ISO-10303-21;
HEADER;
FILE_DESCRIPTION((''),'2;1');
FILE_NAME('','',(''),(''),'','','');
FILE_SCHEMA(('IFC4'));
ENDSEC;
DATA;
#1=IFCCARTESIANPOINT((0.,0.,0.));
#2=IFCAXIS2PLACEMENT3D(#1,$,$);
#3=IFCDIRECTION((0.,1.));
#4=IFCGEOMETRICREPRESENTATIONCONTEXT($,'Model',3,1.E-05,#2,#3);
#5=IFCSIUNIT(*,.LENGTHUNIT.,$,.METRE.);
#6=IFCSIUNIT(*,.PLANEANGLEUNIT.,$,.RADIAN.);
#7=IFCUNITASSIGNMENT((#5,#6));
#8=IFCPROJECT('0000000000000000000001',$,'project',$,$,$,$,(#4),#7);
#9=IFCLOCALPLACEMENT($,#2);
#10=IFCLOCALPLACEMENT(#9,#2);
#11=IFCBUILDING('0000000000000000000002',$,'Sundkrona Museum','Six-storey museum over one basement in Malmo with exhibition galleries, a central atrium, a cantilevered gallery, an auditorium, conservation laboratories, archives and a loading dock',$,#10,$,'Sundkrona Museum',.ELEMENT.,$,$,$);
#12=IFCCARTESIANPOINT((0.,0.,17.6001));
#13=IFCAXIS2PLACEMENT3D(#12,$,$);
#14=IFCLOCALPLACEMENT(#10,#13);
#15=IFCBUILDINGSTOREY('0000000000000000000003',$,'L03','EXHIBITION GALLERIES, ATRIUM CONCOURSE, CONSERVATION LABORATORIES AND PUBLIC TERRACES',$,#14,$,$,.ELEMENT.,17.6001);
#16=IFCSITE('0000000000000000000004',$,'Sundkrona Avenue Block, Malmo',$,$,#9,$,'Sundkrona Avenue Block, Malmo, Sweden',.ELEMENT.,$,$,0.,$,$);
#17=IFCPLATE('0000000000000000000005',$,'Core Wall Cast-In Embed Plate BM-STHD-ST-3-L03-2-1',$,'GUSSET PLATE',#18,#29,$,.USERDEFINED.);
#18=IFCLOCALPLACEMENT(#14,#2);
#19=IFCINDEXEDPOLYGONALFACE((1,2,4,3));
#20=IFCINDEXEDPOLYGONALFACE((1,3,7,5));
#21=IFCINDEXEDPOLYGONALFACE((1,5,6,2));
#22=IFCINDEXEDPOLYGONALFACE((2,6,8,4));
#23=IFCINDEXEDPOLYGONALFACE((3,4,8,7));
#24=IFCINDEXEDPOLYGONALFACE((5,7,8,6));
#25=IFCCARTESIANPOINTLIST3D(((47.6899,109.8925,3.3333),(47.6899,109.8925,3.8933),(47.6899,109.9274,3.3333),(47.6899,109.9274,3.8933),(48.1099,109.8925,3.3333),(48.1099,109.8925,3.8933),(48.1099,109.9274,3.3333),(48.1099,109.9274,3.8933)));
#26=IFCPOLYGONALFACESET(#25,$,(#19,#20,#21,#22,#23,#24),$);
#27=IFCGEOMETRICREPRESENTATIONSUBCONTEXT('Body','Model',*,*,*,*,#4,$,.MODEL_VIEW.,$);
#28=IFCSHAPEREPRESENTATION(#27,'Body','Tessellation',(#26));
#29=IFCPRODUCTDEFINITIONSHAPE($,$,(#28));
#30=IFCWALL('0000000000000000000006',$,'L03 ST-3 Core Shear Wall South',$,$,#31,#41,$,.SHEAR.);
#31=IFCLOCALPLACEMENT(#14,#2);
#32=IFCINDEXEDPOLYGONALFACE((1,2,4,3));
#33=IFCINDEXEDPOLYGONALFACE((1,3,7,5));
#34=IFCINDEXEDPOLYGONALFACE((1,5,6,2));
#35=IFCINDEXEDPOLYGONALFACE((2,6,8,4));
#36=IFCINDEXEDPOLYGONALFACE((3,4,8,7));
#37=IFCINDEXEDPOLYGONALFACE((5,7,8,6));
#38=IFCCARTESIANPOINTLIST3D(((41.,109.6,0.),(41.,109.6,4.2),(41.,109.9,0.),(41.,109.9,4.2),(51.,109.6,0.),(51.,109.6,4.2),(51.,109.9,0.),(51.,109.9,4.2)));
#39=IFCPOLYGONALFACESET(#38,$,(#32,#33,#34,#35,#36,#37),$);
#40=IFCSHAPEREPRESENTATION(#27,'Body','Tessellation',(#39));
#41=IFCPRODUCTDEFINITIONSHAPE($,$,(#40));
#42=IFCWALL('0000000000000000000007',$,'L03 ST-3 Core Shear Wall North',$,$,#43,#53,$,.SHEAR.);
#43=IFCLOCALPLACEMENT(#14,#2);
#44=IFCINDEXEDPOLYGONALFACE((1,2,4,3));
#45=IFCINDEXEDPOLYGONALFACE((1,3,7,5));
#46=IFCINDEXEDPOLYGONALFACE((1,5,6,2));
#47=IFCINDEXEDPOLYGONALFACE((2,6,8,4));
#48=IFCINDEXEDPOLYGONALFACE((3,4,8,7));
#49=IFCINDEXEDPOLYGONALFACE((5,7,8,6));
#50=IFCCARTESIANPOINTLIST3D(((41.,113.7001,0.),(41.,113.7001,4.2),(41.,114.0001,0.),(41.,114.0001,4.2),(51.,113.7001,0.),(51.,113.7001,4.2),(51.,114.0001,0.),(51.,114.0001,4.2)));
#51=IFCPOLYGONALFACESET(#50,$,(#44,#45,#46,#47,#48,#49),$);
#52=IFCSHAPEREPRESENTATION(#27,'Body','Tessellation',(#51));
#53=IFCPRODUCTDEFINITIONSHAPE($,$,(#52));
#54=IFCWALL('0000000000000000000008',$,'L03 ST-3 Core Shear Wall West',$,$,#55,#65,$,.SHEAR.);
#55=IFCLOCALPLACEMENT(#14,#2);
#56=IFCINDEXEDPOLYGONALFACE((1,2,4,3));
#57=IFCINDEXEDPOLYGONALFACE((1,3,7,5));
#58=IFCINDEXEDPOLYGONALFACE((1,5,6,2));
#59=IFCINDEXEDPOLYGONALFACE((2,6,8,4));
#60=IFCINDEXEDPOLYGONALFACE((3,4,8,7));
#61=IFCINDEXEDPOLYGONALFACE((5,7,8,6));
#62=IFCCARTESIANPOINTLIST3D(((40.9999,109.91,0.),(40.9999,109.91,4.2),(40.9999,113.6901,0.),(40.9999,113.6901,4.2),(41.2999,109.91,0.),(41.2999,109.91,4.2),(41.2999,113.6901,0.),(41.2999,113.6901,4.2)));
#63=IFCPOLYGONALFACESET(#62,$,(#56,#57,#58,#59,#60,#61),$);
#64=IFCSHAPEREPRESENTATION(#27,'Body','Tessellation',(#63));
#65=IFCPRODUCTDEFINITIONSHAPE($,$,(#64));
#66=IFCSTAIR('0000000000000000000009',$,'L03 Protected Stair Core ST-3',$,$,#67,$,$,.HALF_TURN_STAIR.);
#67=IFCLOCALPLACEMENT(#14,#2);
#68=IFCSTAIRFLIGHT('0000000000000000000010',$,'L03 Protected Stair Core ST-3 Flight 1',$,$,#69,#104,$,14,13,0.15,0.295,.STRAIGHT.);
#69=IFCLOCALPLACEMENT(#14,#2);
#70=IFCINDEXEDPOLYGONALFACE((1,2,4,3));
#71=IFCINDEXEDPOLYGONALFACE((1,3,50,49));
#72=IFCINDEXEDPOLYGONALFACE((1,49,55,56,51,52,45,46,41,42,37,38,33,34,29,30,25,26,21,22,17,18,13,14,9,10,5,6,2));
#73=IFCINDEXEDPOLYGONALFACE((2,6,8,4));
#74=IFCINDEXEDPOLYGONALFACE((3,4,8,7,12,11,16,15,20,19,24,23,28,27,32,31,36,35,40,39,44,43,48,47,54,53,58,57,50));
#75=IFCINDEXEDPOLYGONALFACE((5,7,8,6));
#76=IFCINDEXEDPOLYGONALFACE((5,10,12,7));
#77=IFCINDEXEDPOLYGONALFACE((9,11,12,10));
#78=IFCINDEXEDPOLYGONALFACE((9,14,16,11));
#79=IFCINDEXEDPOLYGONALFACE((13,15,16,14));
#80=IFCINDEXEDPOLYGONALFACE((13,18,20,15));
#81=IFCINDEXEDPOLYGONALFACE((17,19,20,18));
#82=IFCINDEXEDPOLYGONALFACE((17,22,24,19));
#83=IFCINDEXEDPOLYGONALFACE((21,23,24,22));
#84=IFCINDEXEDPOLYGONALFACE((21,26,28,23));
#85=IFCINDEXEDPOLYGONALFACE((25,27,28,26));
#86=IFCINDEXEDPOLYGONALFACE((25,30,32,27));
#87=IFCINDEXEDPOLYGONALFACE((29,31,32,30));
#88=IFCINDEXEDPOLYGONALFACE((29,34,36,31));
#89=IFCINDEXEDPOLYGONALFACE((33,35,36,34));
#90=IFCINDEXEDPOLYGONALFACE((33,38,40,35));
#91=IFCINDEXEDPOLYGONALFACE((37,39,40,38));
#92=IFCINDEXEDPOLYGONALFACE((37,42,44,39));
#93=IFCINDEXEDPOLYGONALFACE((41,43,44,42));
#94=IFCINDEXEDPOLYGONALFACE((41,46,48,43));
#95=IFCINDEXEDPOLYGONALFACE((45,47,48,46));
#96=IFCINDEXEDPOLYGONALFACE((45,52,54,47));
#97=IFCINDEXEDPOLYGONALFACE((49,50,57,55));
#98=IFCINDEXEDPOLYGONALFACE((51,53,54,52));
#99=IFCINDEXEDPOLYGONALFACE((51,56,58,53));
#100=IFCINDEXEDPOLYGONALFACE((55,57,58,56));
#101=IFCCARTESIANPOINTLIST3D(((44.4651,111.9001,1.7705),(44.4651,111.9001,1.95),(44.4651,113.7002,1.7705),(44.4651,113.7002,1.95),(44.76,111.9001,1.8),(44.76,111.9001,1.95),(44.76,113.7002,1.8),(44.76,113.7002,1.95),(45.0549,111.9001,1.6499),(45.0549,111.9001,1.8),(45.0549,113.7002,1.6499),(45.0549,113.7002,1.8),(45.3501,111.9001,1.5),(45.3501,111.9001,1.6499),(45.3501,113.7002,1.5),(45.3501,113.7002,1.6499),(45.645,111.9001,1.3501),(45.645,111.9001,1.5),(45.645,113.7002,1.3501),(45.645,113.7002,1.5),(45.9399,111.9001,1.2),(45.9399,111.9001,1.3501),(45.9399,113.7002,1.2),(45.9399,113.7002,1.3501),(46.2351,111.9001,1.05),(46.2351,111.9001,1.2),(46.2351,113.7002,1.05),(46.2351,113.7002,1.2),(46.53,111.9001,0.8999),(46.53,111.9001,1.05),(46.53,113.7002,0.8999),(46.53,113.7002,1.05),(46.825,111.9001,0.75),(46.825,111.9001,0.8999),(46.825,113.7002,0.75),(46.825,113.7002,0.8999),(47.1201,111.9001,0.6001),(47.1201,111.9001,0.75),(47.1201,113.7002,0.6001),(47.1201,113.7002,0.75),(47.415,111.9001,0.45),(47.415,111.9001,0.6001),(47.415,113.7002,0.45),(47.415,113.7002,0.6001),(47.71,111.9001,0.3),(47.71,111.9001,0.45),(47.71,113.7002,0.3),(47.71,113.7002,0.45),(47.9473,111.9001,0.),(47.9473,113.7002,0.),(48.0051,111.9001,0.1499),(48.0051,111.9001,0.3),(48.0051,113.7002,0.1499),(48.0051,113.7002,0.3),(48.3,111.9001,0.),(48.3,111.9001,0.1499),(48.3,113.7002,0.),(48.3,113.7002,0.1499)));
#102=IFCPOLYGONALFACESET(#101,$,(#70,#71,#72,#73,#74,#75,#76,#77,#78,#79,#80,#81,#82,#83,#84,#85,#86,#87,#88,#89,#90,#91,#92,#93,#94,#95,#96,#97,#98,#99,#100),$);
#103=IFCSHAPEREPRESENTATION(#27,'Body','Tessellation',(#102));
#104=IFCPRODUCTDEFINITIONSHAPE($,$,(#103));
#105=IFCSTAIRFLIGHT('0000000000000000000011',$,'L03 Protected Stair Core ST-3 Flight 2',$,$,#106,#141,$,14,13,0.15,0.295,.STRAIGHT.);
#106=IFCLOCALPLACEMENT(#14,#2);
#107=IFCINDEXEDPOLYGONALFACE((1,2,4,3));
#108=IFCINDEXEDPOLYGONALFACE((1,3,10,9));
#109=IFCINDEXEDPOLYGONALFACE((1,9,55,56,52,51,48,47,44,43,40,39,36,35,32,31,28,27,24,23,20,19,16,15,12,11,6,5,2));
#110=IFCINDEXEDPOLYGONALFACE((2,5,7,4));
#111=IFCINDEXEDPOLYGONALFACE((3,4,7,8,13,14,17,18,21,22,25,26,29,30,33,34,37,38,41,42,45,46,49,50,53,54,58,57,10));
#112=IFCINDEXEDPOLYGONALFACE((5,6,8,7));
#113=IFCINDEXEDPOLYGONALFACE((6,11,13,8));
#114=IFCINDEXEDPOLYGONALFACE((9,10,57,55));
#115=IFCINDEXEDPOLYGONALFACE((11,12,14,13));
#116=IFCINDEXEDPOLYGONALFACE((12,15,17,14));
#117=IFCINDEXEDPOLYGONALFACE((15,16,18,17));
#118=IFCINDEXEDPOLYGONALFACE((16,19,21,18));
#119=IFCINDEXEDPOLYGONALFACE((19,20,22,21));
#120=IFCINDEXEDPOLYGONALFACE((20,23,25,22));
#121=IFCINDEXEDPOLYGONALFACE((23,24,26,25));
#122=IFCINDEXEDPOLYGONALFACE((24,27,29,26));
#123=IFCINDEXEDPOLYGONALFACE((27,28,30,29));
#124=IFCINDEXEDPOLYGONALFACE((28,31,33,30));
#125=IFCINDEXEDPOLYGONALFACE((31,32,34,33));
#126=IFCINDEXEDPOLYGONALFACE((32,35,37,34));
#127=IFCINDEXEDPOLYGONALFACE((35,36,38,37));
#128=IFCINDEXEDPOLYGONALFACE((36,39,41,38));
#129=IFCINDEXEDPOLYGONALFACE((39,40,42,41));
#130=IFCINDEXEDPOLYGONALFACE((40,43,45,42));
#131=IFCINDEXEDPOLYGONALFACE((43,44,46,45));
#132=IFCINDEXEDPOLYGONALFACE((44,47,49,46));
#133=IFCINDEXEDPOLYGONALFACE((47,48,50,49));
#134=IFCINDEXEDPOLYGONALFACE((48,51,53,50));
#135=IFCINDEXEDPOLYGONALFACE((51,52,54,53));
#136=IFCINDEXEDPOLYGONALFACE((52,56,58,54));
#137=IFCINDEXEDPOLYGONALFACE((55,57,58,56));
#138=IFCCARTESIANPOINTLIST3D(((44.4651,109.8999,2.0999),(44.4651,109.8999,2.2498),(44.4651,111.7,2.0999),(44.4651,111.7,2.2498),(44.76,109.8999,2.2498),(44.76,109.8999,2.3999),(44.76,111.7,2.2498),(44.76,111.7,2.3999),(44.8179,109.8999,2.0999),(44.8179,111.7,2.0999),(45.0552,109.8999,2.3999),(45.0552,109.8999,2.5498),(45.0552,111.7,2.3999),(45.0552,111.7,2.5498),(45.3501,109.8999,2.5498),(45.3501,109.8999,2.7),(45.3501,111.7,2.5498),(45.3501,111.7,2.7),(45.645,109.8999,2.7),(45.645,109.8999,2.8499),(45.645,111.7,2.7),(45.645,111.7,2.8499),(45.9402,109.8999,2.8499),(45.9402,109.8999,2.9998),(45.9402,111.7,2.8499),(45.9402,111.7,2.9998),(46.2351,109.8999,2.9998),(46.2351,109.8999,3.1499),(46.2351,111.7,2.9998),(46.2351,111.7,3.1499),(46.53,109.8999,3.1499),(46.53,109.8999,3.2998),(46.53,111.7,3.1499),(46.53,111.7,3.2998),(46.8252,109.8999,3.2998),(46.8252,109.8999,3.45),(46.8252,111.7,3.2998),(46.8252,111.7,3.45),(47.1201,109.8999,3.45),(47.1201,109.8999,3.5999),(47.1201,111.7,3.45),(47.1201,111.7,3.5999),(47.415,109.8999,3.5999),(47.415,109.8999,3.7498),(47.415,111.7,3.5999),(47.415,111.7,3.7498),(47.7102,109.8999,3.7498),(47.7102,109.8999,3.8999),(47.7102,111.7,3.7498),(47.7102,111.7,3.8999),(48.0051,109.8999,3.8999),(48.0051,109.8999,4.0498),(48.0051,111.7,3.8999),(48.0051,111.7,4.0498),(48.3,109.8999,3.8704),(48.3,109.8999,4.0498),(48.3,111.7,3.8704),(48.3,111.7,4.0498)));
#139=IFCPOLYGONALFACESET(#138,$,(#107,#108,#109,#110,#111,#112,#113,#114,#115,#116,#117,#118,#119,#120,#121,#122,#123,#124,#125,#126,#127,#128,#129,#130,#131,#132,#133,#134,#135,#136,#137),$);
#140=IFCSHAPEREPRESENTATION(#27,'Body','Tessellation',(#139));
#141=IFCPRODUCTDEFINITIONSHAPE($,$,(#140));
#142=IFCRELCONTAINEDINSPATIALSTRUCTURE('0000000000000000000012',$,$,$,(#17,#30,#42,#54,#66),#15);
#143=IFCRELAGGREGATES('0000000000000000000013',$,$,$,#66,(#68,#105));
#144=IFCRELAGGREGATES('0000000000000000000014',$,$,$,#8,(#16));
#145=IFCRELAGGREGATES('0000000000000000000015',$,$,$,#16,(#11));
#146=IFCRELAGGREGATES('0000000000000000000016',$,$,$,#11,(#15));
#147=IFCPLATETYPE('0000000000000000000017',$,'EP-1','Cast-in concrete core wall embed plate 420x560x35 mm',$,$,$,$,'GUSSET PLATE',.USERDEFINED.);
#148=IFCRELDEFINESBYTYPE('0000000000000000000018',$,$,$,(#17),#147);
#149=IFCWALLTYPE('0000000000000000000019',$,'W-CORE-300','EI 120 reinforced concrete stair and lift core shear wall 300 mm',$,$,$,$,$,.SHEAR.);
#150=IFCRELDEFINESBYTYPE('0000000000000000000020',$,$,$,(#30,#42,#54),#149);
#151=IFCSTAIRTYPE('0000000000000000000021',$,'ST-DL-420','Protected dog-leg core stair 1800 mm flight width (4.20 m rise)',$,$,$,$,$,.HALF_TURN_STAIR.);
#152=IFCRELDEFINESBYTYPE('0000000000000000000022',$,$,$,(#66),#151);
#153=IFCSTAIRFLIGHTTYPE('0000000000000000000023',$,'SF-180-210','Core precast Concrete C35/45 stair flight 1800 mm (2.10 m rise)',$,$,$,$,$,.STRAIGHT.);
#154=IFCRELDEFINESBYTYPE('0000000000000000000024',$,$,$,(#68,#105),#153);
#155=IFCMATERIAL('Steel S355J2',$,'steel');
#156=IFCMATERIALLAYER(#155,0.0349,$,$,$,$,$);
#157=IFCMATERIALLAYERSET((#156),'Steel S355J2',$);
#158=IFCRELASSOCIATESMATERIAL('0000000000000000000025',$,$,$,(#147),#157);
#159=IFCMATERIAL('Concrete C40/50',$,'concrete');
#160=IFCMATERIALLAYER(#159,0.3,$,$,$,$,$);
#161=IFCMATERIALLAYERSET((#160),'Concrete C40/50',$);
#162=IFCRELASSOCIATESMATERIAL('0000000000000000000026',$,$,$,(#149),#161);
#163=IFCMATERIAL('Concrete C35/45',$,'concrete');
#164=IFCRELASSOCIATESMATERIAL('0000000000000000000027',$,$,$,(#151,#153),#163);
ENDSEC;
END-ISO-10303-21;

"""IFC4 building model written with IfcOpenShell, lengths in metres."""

from ifc_helpers import new_model, si_unit, direction, frame, frame_2d, origin, origin_2d, place, context, subcontext, project, spatial, polyline, rectangle, outline, extrude, material, layer, layer_set, type_object, element, aggregate, save


model = new_model("IFC4")

# Units and contexts
model_context = context("Model", 3, precision=1e-05, world=origin(), true_north=direction((0.0, 1.0)))
body_context = subcontext(model_context, "Body", "Model", "MODEL_VIEW")
ifc_project = project(units=[si_unit("LENGTHUNIT", "METRE"), si_unit("PLANEANGLEUNIT", "RADIAN")], contexts=[model_context])

# Site, building, storey
site_placement = place(None, origin())
site = spatial("IfcSite", under=ifc_project, at=site_placement, Name="Sundkrona Avenue Block, Malmo", LongName="Sundkrona Avenue Block, Malmo, Sweden", CompositionType="ELEMENT", RefElevation=0.0)
building_placement = place(site_placement, origin())
building = spatial("IfcBuilding", under=site, at=building_placement, Name="Sundkrona Museum", Description="Six-storey museum over one basement in Malmo with exhibition galleries, a central atrium, a cantilevered gallery, an auditorium, conservation laboratories, archives and a loading dock", LongName="Sundkrona Museum", CompositionType="ELEMENT")
storey_placement = place(building_placement, frame((0.0, 0.0, 17.6001)))
storey = spatial("IfcBuildingStorey", under=building, at=storey_placement, Name="L03", Description="EXHIBITION GALLERIES, ATRIUM CONCOURSE, CONSERVATION LABORATORIES AND PUBLIC TERRACES", CompositionType="ELEMENT", Elevation=17.6001)

# Shared definitions
ifc_material_1 = material(Name="Steel S355J2", Category="steel")

# Plate
ifc_layer_1 = layer(ifc_material_1, 0.0349)
ifc_layer_set_1 = layer_set([ifc_layer_1], Name="Steel S355J2")
plate_type = type_object("IfcPlateType", Name="EP-1", Description="Cast-in concrete core wall embed plate 420x560x35 mm", ElementType="GUSSET PLATE", PredefinedType="USERDEFINED", material=ifc_layer_set_1)
for number, where, z_axis, x_axis, name in (
    (1, (47.8999, 109.9099, 3.3333), (0.0, 0.0, 1.0), (1.0, 0.0, 0.0), "Core Wall Cast-In Embed Plate BM-STHD-ST-3-L03-2-1"),
):
    element("IfcPlate", number, at=place(storey_placement, frame(where, z_axis=z_axis, x_axis=x_axis)), inside=storey, type_object=plate_type, Name=name, ObjectType="GUSSET PLATE", PredefinedType="USERDEFINED", context=body_context, shape_type="SweptSolid", body=[
        extrude(rectangle(XDim=0.4199, YDim=0.0349, at=origin_2d()), origin(), (0.0, 0.0, 1.0), 0.5601),
    ])

# Walls
ifc_material_2 = material(Name="Concrete C40/50", Category="concrete")
ifc_layer_2 = layer(ifc_material_2, 0.3)
ifc_layer_set_2 = layer_set([ifc_layer_2], Name="Concrete C40/50")
wall_type = type_object("IfcWallType", Name="W-CORE-300", Description="EI 120 reinforced concrete stair and lift core shear wall 300 mm", PredefinedType="SHEAR", material=ifc_layer_set_2)
for number, where, z_axis, x_axis, name in (
    (2, (41.0, 109.75, 0.0), (0.0, 0.0, 1.0), (1.0, 0.0, 0.0), "L03 ST-3 Core Shear Wall South"),
    (3, (41.0, 113.8501, 0.0), (0.0, 0.0, 1.0), (1.0, 0.0, 0.0), "L03 ST-3 Core Shear Wall North"),
):
    element("IfcWall", number, at=place(storey_placement, frame(where, z_axis=z_axis, x_axis=x_axis)), inside=storey, type_object=wall_type, Name=name, PredefinedType="SHEAR", context=body_context, shape_type="SweptSolid", body=[
        extrude(rectangle(XDim=10.0, YDim=0.3, at=frame_2d((5.0, 0.0))), origin(), (0.0, 0.0, 1.0), 4.2),
    ])
wall_placement = place(storey_placement, frame((41.1499, 109.9099, 0.0), z_axis=(0.0, 0.0, 1.0), x_axis=(0.0, 1.0, 0.0)))
element("IfcWall", 4, at=wall_placement, inside=storey, type_object=wall_type, Name="L03 ST-3 Core Shear Wall West", PredefinedType="SHEAR", context=body_context, shape_type="SweptSolid", body=[
    extrude(rectangle(XDim=3.78, YDim=0.3, at=frame_2d((1.8901, 0.0))), origin(), (0.0, 0.0, 1.0), 4.2),
])

# Stair, stair flights
ifc_material_3 = material(Name="Concrete C35/45", Category="concrete")
stair_type = type_object("IfcStairType", Name="ST-DL-420", Description="Protected dog-leg core stair 1800 mm flight width (4.20 m rise)", PredefinedType="HALF_TURN_STAIR", material=ifc_material_3)
stair_placement = place(storey_placement, origin())
stair = element("IfcStair", 5, at=stair_placement, inside=storey, type_object=stair_type, Name="L03 Protected Stair Core ST-3", PredefinedType="HALF_TURN_STAIR")
stair_flight_type = type_object("IfcStairFlightType", Name="SF-180-210", Description="Core precast Concrete C35/45 stair flight 1800 mm (2.10 m rise)", PredefinedType="STRAIGHT", material=ifc_material_3)
stair_flight_1_placement = place(storey_placement, frame((48.3, 112.8, 0.0), z_axis=(0.0, 0.0, 1.0), x_axis=(-1.0, 0.0, 0.0)))
stair_flight_1 = element("IfcStairFlight", 6, at=stair_flight_1_placement, type_object=stair_flight_type, Name="L03 Protected Stair Core ST-3 Flight 1", NumberOfRisers=14, NumberOfTreads=13, PredefinedType="STRAIGHT", RiserHeight=0.15, TreadLength=0.295, context=body_context, shape_type="SweptSolid", body=[
    extrude(outline(polyline([(0.0, 0.0), (0.0, 0.1499), (0.2949, 0.1499), (0.2949, 0.3), (0.5901, 0.3), (0.5901, 0.45), (0.885, 0.45), (0.885, 0.6001), (1.1799, 0.6001), (1.1799, 0.75), (1.4751, 0.75), (1.4751, 0.8999), (1.77, 0.8999), (1.77, 1.05), (2.0649, 1.05), (2.0649, 1.2), (2.3601, 1.2), (2.3601, 1.3501), (2.655, 1.3501), (2.655, 1.5), (2.95, 1.5), (2.95, 1.6499), (3.2451, 1.6499), (3.2451, 1.8), (3.54, 1.8), (3.54, 1.95), (3.835, 1.95), (3.835, 2.1001), (3.835, 1.7705), (0.3528, 0.0), (0.0, 0.0)])), frame((0.0, 0.8999, 0.0), z_axis=(0.0, -1.0, 0.0), x_axis=(1.0, 0.0, 0.0)), (0.0, 0.0, 1.0), 1.8),
])
stair_flight_2_placement = place(storey_placement, frame((44.4651, 110.8, 2.0999), z_axis=(0.0, 0.0, 1.0), x_axis=(1.0, 0.0, 0.0)))
stair_flight_2 = element("IfcStairFlight", 7, at=stair_flight_2_placement, type_object=stair_flight_type, Name="L03 Protected Stair Core ST-3 Flight 2", NumberOfRisers=14, NumberOfTreads=13, PredefinedType="STRAIGHT", RiserHeight=0.15, TreadLength=0.295, context=body_context, shape_type="SweptSolid", body=[
    extrude(outline(polyline([(0.0, 0.0), (0.0, 0.1499), (0.2949, 0.1499), (0.2949, 0.3), (0.5901, 0.3), (0.5901, 0.45), (0.885, 0.45), (0.885, 0.6001), (1.1799, 0.6001), (1.1799, 0.75), (1.4751, 0.75), (1.4751, 0.8999), (1.77, 0.8999), (1.77, 1.05), (2.0649, 1.05), (2.0649, 1.2), (2.3601, 1.2), (2.3601, 1.3501), (2.655, 1.3501), (2.655, 1.5), (2.95, 1.5), (2.95, 1.6499), (3.2451, 1.6499), (3.2451, 1.8), (3.54, 1.8), (3.54, 1.95), (3.835, 1.95), (3.835, 2.1001), (3.835, 1.7705), (0.3528, 0.0), (0.0, 0.0)])), frame((0.0, 0.8999, 0.0), z_axis=(0.0, -1.0, 0.0), x_axis=(1.0, 0.0, 0.0)), (0.0, 0.0, 1.0), 1.8),
])
aggregate(stair, [stair_flight_1, stair_flight_2])

save(model, "model.ifc")
